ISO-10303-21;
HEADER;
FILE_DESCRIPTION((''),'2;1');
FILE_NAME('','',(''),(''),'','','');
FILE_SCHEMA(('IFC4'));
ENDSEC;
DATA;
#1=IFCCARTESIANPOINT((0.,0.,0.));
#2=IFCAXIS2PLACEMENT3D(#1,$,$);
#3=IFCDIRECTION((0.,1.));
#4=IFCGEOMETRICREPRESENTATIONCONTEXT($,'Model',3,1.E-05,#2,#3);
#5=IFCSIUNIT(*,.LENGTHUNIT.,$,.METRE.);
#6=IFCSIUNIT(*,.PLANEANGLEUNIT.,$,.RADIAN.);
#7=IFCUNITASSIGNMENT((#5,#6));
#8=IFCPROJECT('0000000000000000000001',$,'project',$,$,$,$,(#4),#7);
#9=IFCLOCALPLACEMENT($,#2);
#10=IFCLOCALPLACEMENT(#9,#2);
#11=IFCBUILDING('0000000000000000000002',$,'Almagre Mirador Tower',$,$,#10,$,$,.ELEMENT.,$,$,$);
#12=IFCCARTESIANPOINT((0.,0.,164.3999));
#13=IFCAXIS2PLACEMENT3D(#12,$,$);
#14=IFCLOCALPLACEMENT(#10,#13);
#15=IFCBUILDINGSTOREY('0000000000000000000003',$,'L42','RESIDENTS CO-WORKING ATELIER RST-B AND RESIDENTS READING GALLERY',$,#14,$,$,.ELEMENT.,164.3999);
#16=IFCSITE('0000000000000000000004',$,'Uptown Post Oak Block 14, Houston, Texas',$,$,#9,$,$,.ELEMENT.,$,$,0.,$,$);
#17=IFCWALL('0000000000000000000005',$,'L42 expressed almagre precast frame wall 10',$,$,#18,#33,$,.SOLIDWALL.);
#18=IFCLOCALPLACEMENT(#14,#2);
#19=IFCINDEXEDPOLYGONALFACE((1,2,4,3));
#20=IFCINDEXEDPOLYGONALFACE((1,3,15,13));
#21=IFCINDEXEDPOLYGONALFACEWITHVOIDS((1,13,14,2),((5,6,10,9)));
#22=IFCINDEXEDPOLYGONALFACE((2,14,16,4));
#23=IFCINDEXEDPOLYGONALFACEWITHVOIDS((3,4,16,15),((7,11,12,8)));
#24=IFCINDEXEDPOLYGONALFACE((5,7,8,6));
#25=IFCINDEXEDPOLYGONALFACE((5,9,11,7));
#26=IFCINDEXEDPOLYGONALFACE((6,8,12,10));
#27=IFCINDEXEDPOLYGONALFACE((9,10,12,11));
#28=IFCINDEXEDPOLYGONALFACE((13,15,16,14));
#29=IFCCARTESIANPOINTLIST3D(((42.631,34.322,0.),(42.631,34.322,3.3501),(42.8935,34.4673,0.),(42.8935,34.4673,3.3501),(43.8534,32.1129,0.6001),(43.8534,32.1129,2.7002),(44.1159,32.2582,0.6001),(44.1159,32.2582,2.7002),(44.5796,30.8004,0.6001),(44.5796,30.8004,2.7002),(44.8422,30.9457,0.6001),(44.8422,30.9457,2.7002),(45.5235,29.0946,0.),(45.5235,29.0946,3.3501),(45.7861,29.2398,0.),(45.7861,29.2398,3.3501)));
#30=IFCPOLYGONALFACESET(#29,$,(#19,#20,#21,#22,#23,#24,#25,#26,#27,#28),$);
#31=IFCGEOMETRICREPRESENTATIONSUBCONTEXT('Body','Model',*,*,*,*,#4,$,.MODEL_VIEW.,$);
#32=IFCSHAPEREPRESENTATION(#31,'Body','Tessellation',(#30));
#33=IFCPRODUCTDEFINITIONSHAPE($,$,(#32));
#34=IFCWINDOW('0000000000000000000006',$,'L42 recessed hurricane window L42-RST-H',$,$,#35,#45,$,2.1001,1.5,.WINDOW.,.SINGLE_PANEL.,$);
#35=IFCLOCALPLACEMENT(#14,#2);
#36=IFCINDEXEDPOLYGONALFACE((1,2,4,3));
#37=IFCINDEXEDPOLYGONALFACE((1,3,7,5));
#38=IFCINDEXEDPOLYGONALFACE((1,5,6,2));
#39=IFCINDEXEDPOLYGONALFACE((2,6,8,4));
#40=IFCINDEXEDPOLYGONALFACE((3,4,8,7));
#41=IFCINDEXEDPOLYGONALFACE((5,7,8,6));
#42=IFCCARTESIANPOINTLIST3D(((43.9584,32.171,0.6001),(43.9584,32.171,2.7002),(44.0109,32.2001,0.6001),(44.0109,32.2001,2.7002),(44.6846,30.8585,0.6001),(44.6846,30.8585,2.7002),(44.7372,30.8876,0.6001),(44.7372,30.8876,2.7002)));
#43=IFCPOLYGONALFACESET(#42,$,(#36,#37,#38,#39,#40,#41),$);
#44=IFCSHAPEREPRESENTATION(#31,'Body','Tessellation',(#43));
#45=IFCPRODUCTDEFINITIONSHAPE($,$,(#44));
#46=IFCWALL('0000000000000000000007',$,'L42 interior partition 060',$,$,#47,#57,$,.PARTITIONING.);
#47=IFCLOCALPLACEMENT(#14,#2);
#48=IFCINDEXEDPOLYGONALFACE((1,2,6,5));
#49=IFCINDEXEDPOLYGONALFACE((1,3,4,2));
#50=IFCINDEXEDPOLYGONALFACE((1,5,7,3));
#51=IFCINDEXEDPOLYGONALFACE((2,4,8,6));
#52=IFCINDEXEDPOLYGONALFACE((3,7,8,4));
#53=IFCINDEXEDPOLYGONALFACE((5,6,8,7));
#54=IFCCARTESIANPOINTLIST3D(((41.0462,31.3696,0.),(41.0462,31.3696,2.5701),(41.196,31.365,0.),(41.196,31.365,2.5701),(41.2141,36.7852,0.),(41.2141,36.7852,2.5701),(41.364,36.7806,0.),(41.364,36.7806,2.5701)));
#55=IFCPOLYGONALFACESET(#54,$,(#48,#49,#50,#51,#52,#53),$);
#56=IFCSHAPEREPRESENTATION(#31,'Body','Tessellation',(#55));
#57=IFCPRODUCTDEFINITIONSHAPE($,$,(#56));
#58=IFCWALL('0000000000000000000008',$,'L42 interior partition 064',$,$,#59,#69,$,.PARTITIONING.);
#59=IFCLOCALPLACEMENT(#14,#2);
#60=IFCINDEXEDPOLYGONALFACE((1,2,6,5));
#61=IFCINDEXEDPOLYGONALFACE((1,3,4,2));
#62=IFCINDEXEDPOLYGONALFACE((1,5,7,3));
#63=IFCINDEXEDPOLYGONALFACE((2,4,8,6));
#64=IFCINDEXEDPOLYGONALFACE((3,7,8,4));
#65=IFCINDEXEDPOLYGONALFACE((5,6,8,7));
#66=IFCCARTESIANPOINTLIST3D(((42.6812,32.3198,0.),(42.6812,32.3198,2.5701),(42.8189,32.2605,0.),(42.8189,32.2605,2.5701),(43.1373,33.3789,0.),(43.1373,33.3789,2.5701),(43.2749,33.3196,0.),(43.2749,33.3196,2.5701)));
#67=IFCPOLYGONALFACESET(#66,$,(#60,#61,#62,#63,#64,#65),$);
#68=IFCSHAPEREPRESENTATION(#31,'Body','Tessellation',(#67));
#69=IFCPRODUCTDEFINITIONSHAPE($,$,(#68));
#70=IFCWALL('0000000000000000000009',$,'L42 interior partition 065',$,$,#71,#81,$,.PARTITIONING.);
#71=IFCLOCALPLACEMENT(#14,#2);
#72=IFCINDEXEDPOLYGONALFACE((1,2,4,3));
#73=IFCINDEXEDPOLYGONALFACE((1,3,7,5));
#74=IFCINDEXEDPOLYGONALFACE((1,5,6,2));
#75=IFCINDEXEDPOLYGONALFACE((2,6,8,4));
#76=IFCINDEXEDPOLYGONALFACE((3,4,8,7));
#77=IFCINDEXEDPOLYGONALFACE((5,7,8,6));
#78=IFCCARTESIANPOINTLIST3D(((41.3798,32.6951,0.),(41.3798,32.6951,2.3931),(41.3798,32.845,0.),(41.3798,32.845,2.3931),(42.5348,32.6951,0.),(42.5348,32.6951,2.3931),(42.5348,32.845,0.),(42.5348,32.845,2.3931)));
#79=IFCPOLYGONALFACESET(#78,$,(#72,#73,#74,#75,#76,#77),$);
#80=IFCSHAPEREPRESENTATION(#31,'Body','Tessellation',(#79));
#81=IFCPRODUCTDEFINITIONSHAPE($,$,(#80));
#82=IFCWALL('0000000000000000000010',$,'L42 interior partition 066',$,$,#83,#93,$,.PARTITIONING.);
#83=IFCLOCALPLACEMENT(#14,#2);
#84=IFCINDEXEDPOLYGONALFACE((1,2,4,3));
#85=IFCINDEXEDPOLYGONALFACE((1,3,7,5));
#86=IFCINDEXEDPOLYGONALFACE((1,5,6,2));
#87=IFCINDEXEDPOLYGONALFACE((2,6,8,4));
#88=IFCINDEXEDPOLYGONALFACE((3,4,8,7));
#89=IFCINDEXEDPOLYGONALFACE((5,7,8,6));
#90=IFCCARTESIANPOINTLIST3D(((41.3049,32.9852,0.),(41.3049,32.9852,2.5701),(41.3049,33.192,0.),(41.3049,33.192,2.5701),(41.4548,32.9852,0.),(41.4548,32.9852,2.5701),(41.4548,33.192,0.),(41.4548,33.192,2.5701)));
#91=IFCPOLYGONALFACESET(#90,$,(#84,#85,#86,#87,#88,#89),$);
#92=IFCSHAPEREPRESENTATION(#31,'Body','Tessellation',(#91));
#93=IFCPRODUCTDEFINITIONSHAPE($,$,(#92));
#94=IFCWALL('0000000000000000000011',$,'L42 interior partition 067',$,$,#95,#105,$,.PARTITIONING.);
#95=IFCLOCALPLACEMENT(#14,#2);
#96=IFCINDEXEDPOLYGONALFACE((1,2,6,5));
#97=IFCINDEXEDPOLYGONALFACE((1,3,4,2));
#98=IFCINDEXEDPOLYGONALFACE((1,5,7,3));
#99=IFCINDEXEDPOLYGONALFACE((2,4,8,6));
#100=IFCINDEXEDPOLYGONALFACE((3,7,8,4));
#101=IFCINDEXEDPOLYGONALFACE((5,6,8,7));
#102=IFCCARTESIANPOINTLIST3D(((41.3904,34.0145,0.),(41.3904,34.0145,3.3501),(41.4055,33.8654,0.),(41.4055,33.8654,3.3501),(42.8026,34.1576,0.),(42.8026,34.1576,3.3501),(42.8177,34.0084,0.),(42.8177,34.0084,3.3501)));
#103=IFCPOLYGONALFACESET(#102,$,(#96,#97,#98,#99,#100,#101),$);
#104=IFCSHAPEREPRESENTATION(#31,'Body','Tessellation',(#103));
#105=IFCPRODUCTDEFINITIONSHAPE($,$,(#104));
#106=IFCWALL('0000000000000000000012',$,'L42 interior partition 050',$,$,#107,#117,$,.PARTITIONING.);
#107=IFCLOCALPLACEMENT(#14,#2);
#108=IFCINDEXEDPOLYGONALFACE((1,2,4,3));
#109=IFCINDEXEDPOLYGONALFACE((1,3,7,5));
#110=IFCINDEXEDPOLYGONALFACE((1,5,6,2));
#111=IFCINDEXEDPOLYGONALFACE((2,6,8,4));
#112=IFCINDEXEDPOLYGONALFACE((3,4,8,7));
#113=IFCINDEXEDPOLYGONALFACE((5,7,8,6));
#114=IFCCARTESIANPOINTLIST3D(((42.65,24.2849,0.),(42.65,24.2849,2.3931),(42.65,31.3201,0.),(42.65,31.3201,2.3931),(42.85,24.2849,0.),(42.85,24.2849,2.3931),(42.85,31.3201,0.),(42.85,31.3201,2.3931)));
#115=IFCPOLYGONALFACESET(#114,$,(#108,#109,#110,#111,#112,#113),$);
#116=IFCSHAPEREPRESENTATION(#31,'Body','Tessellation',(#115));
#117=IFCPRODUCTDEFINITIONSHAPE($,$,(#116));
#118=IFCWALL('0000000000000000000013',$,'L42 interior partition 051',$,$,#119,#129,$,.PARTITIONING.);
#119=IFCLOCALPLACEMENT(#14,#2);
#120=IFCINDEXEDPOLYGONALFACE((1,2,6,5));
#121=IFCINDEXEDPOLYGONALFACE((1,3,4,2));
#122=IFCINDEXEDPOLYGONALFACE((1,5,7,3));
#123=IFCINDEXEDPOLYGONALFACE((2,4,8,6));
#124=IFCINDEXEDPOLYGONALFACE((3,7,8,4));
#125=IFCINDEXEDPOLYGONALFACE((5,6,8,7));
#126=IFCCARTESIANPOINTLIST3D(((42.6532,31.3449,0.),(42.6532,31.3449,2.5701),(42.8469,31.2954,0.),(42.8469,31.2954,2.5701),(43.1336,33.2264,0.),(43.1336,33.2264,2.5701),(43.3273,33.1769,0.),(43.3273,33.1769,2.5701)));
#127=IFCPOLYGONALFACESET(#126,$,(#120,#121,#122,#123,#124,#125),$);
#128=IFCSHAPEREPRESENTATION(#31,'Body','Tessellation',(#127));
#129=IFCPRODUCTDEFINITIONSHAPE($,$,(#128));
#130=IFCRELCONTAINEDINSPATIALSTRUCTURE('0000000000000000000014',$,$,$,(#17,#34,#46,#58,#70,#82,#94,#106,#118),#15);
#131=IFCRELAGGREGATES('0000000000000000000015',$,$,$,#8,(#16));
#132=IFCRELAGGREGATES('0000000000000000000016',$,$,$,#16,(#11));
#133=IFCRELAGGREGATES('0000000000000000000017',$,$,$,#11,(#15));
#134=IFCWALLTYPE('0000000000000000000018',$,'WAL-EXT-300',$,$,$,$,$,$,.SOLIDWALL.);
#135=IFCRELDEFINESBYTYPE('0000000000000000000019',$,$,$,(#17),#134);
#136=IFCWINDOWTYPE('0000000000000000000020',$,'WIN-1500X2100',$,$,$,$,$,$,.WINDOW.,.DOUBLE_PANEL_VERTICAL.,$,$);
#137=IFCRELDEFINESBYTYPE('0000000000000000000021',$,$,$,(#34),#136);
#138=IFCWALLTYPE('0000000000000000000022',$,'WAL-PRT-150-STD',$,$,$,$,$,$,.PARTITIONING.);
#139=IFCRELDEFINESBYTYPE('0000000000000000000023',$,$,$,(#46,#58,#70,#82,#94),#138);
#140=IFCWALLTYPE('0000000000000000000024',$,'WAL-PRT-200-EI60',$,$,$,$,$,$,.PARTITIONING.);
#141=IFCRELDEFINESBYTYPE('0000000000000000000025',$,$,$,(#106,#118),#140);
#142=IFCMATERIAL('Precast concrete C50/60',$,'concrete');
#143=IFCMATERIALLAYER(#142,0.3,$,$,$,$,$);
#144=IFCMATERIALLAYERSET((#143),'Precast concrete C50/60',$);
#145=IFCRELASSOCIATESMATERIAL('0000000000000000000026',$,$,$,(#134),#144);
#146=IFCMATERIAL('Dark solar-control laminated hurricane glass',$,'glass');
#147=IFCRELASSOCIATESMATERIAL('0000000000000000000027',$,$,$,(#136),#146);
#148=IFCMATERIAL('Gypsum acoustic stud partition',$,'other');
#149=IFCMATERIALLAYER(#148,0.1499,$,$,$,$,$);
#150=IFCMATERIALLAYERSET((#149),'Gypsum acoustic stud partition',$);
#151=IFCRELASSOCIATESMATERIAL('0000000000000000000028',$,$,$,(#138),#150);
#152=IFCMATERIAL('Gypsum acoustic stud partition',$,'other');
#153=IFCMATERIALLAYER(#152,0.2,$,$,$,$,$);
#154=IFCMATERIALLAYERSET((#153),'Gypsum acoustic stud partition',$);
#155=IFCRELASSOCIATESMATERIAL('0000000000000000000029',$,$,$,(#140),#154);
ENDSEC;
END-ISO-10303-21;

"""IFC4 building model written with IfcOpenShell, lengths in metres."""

from ifc_helpers import new_model, si_unit, direction, frame, frame_2d, origin, place, context, subcontext, project, spatial, rectangle, extrude, material, layer, layer_set, type_object, element, fill, save


model = new_model("IFC4")

# Units and contexts
model_context = context("Model", 3, precision=1e-05, world=origin(), true_north=direction((0.0, 1.0)))
body_context = subcontext(model_context, "Body", "Model", "MODEL_VIEW")
ifc_project = project(units=[si_unit("LENGTHUNIT", "METRE"), si_unit("PLANEANGLEUNIT", "RADIAN")], contexts=[model_context])

# Site, building, storey
site_placement = place(None, origin())
site = spatial("IfcSite", under=ifc_project, at=site_placement, Name="Uptown Post Oak Block 14, Houston, Texas", CompositionType="ELEMENT", RefElevation=0.0)
building_placement = place(site_placement, origin())
building = spatial("IfcBuilding", under=site, at=building_placement, Name="Almagre Mirador Tower", CompositionType="ELEMENT")
storey_placement = place(building_placement, frame((0.0, 0.0, 164.3999)))
storey = spatial("IfcBuildingStorey", under=building, at=storey_placement, Name="L42", Description="RESIDENTS CO-WORKING ATELIER RST-B AND RESIDENTS READING GALLERY", CompositionType="ELEMENT", Elevation=164.3999)

# Shared definitions
ifc_material_1 = material(Name="Precast concrete C50/60", Category="concrete")
ifc_layer_1 = layer(ifc_material_1, 0.3)
ifc_layer_set_1 = layer_set([ifc_layer_1], Name="Precast concrete C50/60")
wall_type_1 = type_object("IfcWallType", Name="WAL-EXT-300", PredefinedType="SOLIDWALL", material=ifc_layer_set_1)

# Wall, opening, window
wall_1_placement = place(storey_placement, frame((42.7622, 34.3948, 0.0), z_axis=(0.0, 0.0, 1.0), x_axis=(0.484157, -0.874981, 0.0)))
wall_1 = element("IfcWall", 1, at=wall_1_placement, inside=storey, type_object=wall_type_1, Name="L42 expressed almagre precast frame wall 10", PredefinedType="SOLIDWALL", context=body_context, shape_type="SweptSolid", body=[
    extrude(rectangle(XDim=5.9744, YDim=0.3, at=frame_2d((2.9873, 0.0))), origin(), (0.0, 0.0, 1.0), 3.3501),
])
opening_1_placement = place(wall_1_placement, frame((2.5249, 0.0, 0.6001)))
opening_1 = element("IfcOpeningElement", 2, at=opening_1_placement, cuts=wall_1, PredefinedType="OPENING", context=body_context, shape_type="SweptSolid", body=[
    extrude(rectangle(XDim=1.5, YDim=2.1001, at=frame_2d((0.75, 1.05))), frame((0.0, 0.1599, 0.0), z_axis=(0.0, -1.0, 0.0), x_axis=(1.0, 0.0, 0.0)), (0.0, 0.0, 1.0), 0.32),
])
ifc_material_2 = material(Name="Dark solar-control laminated hurricane glass", Category="glass")
window_type_1 = type_object("IfcWindowType", Name="WIN-1500X2100", PartitioningType="DOUBLE_PANEL_VERTICAL", PredefinedType="WINDOW", material=ifc_material_2)
window_1_placement = place(opening_1_placement, origin())
window_1 = element("IfcWindow", 3, at=window_1_placement, inside=storey, type_object=window_type_1, Name="L42 recessed hurricane window L42-RST-H", OverallHeight=2.1001, OverallWidth=1.5, PartitioningType="SINGLE_PANEL", PredefinedType="WINDOW", context=body_context, shape_type="SweptSolid", body=[
    extrude(rectangle(XDim=1.5, YDim=2.1001, at=frame_2d((0.75, 1.05))), frame((0.0, 0.03, 0.0), z_axis=(0.0, -1.0, 0.0), x_axis=(1.0, 0.0, 0.0)), (0.0, 0.0, 1.0), 0.0601),
])
fill(opening_1, window_1)

# Walls
ifc_material_3 = material(Name="Gypsum acoustic stud partition", Category="other")
ifc_layer_2 = layer(ifc_material_3, 0.1499)
ifc_layer_set_2 = layer_set([ifc_layer_2], Name="Gypsum acoustic stud partition")
wall_type_2 = type_object("IfcWallType", Name="WAL-PRT-150-STD", PredefinedType="PARTITIONING", material=ifc_layer_set_2)
wall_2_placement = place(storey_placement, frame((41.1211, 31.3674, 0.0), z_axis=(0.0, 0.0, 1.0), x_axis=(0.031001, 0.999519, 0.0)))
element("IfcWall", 4, at=wall_2_placement, inside=storey, type_object=wall_type_2, Name="L42 interior partition 060", PredefinedType="PARTITIONING", context=body_context, shape_type="SweptSolid", body=[
    extrude(rectangle(XDim=5.4182, YDim=0.1499, at=frame_2d((2.709, 0.0))), origin(), (0.0, 0.0, 1.0), 2.5701),
])
wall_3_placement = place(storey_placement, frame((42.75, 32.29, 0.0), z_axis=(0.0, 0.0, 1.0), x_axis=(0.395503, 0.918465, 0.0)))
element("IfcWall", 5, at=wall_3_placement, inside=storey, type_object=wall_type_2, Name="L42 interior partition 064", PredefinedType="PARTITIONING", context=body_context, shape_type="SweptSolid", body=[
    extrude(rectangle(XDim=1.1531, YDim=0.1499, at=frame_2d((0.5767, 0.0))), origin(), (0.0, 0.0, 1.0), 2.5701),
])
wall_4_placement = place(storey_placement, frame((42.5349, 32.77, 0.0), z_axis=(0.0, 0.0, 1.0), x_axis=(-1.0, 0.0, 0.0)))
element("IfcWall", 6, at=wall_4_placement, inside=storey, type_object=wall_type_2, Name="L42 interior partition 065", PredefinedType="PARTITIONING", context=body_context, shape_type="SweptSolid", body=[
    extrude(rectangle(XDim=1.155, YDim=0.1499, at=frame_2d((0.5776, 0.0))), origin(), (0.0, 0.0, 1.0), 2.3931),
])
wall_5_placement = place(storey_placement, frame((41.3799, 32.9851, 0.0), z_axis=(0.0, 0.0, 1.0), x_axis=(0.0, 1.0, 0.0)))
element("IfcWall", 7, at=wall_5_placement, inside=storey, type_object=wall_type_2, Name="L42 interior partition 066", PredefinedType="PARTITIONING", context=body_context, shape_type="SweptSolid", body=[
    extrude(rectangle(XDim=0.2068, YDim=0.1499, at=frame_2d((0.1035, 0.0))), origin(), (0.0, 0.0, 1.0), 2.5701),
])
wall_6_placement = place(storey_placement, frame((41.3979, 33.9399, 0.0), z_axis=(0.0, 0.0, 1.0), x_axis=(0.994907, 0.100798, 0.0)))
element("IfcWall", 8, at=wall_6_placement, inside=storey, type_object=wall_type_2, Name="L42 interior partition 067", PredefinedType="PARTITIONING", context=body_context, shape_type="SweptSolid", body=[
    extrude(rectangle(XDim=1.4194, YDim=0.1499, at=frame_2d((0.7097, 0.0))), origin(), (0.0, 0.0, 1.0), 3.3501),
])
ifc_material_4 = material(Name="Gypsum acoustic stud partition", Category="other")
ifc_layer_3 = layer(ifc_material_4, 0.2)
ifc_layer_set_3 = layer_set([ifc_layer_3], Name="Gypsum acoustic stud partition")
wall_type_3 = type_object("IfcWallType", Name="WAL-PRT-200-EI60", PredefinedType="PARTITIONING", material=ifc_layer_set_3)
wall_7_placement = place(storey_placement, frame((42.75, 31.3201, 0.0), z_axis=(0.0, 0.0, 1.0), x_axis=(0.0, -1.0, 0.0)))
element("IfcWall", 9, at=wall_7_placement, inside=storey, type_object=wall_type_3, Name="L42 interior partition 050", PredefinedType="PARTITIONING", context=body_context, shape_type="SweptSolid", body=[
    extrude(rectangle(XDim=7.0352, YDim=0.2, at=frame_2d((3.5176, 0.0))), origin(), (0.0, 0.0, 1.0), 2.3931),
])
wall_8_placement = place(storey_placement, frame((43.2305, 33.2017, 0.0), z_axis=(0.0, 0.0, 1.0), x_axis=(-0.247413, -0.96891, 0.0)))
element("IfcWall", 10, at=wall_8_placement, inside=storey, type_object=wall_type_3, Name="L42 interior partition 051", PredefinedType="PARTITIONING", context=body_context, shape_type="SweptSolid", body=[
    extrude(rectangle(XDim=1.9419, YDim=0.2, at=frame_2d((0.9709, 0.0))), origin(), (0.0, 0.0, 1.0), 2.5701),
])

save(model, "model.ifc")
